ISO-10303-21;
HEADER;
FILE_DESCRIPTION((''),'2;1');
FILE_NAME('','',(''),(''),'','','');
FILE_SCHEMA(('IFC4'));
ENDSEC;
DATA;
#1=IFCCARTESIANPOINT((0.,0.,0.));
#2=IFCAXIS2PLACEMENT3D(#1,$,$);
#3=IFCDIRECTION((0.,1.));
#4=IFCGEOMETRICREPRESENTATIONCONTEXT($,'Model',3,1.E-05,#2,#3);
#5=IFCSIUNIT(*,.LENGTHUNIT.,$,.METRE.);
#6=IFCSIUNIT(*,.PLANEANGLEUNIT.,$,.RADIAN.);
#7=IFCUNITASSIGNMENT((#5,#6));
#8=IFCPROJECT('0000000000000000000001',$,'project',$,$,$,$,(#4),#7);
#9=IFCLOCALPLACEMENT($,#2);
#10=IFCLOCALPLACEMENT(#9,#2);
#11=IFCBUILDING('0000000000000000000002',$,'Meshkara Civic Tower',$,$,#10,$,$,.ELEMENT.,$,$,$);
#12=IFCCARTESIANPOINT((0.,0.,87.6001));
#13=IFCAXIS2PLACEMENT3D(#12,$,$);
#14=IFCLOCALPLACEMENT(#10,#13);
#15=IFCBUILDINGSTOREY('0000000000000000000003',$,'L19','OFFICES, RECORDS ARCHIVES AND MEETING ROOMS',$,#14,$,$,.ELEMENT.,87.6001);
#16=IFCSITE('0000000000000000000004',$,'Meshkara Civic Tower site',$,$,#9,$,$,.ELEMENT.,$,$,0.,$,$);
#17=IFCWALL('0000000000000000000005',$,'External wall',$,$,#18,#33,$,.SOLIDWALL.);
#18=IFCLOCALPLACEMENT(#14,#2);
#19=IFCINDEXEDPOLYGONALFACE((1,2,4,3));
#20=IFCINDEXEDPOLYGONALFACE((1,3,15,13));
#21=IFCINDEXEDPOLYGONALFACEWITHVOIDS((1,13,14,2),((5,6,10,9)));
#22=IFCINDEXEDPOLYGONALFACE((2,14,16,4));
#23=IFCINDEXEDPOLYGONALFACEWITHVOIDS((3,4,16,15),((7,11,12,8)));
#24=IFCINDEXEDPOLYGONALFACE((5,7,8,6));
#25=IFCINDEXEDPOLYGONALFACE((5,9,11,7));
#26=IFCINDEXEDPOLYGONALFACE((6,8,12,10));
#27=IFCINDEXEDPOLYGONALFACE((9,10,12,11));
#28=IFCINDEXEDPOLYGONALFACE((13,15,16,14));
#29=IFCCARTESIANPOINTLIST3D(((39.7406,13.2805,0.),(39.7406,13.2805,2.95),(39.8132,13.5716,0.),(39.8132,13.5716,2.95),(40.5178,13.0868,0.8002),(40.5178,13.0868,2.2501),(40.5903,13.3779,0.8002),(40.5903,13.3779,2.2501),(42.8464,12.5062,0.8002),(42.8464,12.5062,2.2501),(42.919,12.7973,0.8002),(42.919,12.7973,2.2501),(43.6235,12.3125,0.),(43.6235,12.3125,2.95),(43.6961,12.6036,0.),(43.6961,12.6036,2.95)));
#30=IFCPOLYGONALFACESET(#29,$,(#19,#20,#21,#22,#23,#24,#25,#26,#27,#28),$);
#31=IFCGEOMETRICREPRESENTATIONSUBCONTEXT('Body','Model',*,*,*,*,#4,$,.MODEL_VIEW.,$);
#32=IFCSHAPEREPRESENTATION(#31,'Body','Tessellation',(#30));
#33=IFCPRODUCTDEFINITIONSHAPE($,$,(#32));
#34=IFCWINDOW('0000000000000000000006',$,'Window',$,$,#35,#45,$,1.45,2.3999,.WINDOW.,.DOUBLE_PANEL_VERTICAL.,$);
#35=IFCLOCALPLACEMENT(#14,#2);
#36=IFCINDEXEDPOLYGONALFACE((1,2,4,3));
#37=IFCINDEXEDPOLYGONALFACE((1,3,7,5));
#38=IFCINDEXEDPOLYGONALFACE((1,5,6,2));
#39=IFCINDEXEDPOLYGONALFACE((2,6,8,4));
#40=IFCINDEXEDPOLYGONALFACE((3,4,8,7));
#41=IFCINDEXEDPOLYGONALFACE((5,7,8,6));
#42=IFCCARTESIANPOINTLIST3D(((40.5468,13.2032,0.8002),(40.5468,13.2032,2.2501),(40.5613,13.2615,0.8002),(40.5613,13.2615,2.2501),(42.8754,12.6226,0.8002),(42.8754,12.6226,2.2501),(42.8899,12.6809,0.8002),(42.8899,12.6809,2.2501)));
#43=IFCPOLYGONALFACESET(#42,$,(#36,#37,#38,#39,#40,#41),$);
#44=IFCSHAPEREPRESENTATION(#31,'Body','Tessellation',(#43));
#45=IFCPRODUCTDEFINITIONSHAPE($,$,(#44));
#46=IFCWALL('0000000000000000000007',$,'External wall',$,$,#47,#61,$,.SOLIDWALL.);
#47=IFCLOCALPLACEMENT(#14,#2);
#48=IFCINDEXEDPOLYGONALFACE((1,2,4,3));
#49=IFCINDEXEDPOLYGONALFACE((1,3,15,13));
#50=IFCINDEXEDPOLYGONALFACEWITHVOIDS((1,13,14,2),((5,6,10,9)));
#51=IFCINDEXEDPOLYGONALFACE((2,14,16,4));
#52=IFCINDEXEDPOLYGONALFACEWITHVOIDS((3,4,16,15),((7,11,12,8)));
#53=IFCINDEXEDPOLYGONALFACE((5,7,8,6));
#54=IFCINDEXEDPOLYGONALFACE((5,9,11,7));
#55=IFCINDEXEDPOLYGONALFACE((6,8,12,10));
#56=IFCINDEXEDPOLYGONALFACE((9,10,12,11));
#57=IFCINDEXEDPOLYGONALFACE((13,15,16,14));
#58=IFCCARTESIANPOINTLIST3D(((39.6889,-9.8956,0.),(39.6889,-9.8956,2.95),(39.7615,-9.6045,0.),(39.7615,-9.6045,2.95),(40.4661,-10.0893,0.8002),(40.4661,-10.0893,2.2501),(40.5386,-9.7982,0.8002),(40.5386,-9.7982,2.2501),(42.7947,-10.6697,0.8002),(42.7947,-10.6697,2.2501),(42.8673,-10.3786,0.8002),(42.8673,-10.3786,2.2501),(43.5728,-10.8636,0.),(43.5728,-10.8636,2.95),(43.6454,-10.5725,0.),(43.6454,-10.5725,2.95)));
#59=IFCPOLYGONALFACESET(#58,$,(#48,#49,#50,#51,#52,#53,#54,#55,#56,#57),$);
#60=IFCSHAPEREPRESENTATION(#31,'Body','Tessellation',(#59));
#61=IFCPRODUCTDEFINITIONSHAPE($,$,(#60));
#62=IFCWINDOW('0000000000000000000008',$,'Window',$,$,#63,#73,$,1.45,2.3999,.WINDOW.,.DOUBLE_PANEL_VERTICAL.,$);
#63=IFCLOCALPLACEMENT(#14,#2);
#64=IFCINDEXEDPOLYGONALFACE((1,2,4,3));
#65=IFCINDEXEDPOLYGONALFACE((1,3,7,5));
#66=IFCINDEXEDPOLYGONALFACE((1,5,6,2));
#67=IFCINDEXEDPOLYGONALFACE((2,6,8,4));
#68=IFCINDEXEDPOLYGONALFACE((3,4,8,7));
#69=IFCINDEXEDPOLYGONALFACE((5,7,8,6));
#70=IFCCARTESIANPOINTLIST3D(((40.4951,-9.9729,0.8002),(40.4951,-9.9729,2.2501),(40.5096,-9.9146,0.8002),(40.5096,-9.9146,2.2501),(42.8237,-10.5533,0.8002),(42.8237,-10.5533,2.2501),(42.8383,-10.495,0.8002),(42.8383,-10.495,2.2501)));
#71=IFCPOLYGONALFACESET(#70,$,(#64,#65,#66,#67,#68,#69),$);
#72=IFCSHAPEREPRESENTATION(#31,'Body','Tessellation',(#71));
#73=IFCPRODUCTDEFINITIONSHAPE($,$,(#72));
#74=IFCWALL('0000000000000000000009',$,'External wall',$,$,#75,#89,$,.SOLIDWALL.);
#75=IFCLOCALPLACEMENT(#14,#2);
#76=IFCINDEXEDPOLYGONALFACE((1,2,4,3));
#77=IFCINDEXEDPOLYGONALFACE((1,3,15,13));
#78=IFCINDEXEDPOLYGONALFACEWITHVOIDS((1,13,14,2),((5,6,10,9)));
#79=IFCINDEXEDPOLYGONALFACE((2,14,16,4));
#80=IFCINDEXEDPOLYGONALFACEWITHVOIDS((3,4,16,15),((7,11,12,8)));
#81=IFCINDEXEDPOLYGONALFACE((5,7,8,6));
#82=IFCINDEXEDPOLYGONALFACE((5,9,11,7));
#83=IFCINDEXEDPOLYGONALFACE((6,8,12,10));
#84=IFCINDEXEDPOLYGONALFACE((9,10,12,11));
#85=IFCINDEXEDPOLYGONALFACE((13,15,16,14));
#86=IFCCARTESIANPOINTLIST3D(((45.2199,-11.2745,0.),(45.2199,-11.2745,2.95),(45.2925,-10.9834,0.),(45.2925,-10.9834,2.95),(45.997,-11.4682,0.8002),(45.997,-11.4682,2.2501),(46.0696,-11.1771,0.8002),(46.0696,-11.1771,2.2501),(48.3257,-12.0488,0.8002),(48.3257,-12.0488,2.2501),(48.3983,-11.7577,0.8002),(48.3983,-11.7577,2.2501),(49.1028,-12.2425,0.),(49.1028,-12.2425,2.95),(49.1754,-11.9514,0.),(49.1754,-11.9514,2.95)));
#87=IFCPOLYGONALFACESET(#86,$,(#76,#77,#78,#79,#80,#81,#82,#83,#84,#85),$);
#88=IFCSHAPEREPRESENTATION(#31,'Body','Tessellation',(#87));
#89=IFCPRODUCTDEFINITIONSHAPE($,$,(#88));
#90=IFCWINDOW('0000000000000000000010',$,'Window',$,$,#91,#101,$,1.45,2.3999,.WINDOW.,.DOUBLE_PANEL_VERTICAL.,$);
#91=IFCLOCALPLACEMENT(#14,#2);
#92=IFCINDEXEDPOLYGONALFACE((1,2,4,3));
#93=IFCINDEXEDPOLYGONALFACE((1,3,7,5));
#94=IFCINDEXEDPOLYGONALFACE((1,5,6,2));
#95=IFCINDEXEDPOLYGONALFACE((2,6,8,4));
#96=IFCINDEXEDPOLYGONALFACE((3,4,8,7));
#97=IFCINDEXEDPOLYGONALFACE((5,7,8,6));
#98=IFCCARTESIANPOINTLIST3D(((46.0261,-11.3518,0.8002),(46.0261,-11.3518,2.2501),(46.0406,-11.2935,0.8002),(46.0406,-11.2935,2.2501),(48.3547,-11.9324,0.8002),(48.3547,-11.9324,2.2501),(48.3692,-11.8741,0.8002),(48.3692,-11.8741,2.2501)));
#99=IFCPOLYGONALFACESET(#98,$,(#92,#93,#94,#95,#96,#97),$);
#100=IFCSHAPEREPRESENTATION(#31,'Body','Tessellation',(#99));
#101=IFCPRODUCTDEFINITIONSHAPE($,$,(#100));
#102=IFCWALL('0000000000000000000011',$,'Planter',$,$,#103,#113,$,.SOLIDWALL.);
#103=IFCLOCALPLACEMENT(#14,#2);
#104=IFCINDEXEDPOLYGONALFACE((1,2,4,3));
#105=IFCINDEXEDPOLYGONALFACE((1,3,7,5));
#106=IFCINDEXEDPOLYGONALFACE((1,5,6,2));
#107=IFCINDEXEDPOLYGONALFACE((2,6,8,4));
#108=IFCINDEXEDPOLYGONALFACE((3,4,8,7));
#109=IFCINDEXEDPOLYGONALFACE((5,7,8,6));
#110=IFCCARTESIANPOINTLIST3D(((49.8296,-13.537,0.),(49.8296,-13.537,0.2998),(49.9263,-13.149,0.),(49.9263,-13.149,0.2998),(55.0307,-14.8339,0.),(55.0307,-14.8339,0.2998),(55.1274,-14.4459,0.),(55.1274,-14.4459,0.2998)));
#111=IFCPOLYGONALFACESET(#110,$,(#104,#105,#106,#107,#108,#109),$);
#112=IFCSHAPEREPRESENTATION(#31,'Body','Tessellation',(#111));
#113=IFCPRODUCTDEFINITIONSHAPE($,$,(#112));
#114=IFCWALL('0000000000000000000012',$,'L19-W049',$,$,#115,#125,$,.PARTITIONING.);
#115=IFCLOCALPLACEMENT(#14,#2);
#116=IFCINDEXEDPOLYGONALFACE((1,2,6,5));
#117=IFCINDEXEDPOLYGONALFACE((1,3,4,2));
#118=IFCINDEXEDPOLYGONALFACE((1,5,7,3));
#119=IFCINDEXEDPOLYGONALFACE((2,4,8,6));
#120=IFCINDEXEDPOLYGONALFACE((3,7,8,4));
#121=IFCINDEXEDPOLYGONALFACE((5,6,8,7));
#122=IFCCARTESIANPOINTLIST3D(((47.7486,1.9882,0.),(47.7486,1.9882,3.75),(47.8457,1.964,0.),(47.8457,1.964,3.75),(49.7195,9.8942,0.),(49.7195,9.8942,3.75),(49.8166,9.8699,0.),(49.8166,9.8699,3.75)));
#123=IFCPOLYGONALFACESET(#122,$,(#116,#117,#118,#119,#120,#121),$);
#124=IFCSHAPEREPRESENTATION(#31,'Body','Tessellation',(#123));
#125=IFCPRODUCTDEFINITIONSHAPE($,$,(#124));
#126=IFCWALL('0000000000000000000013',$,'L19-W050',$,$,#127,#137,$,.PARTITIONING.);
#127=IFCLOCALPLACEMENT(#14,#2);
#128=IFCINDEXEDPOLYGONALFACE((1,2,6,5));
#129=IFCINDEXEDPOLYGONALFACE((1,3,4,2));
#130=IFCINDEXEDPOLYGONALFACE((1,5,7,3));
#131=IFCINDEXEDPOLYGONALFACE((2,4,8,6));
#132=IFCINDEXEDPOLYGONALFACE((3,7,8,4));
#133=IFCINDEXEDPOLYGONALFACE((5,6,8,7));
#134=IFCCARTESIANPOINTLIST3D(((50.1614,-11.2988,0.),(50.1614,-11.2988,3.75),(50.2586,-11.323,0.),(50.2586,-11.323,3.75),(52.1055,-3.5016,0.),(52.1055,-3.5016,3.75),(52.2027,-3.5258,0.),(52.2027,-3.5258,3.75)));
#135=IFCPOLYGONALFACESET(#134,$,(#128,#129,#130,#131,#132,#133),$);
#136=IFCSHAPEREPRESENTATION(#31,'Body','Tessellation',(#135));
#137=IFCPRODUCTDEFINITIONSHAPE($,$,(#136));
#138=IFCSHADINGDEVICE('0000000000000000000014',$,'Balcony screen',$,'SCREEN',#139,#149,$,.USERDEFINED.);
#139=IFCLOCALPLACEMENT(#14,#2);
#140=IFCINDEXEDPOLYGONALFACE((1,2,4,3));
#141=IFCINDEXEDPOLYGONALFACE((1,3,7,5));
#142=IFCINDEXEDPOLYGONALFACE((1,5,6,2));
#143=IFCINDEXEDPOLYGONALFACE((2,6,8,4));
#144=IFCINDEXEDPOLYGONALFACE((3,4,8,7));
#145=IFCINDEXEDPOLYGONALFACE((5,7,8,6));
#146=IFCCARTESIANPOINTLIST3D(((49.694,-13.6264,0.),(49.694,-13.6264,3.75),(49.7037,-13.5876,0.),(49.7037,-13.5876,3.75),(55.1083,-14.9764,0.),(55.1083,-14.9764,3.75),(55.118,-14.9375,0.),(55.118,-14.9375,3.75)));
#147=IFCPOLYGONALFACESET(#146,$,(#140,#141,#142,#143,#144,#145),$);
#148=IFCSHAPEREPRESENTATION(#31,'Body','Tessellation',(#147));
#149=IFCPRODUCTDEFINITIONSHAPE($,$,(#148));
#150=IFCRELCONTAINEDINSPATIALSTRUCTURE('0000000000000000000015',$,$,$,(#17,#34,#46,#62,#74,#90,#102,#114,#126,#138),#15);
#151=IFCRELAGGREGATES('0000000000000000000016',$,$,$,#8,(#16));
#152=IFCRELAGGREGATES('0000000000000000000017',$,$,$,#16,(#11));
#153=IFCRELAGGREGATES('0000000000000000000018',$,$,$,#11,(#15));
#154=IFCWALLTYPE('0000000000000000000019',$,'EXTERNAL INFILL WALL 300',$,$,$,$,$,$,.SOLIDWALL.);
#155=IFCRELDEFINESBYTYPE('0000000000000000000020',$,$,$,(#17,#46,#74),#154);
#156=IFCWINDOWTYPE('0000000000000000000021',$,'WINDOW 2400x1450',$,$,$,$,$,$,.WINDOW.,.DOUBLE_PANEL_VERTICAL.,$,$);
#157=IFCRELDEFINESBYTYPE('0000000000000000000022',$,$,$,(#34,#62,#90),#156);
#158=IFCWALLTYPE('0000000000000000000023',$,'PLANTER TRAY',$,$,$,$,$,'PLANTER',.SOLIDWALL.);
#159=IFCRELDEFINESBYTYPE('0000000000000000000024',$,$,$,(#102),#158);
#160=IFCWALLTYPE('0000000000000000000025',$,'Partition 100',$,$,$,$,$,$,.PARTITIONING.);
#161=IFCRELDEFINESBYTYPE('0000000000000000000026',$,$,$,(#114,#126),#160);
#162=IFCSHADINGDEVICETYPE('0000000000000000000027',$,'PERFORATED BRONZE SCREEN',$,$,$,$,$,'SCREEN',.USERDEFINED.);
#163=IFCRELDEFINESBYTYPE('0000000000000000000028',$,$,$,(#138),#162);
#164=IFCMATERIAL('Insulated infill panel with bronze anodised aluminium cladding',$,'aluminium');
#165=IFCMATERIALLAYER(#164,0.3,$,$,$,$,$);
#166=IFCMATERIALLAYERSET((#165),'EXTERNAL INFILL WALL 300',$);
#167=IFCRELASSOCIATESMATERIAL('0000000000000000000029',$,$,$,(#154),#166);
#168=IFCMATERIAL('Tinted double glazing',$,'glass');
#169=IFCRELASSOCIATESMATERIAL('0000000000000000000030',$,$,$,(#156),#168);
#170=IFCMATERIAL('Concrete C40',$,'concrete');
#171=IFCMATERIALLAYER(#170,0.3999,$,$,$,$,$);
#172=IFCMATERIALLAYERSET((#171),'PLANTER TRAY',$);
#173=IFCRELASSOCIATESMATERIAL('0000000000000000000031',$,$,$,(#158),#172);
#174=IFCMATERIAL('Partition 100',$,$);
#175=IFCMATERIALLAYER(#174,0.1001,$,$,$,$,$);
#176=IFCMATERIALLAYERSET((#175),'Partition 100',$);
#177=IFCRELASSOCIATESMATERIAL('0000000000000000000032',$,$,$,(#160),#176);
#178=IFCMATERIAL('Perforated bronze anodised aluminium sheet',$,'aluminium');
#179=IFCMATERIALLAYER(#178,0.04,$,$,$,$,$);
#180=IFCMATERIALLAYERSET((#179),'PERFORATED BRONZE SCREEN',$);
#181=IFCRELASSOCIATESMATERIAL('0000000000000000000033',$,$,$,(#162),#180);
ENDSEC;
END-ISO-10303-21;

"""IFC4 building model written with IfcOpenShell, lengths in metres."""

from ifc_helpers import new_model, si_unit, direction, frame, frame_2d, origin, origin_2d, place, context, subcontext, project, spatial, rectangle, extrude, material, layer, layer_set, type_object, element, fill, save


model = new_model("IFC4")

# Units and contexts
model_context = context("Model", 3, precision=1e-05, world=origin(), true_north=direction((0.0, 1.0)))
body_context = subcontext(model_context, "Body", "Model", "MODEL_VIEW")
ifc_project = project(units=[si_unit("LENGTHUNIT", "METRE"), si_unit("PLANEANGLEUNIT", "RADIAN")], contexts=[model_context])

# Site, building, storey
site_placement = place(None, origin())
site = spatial("IfcSite", under=ifc_project, at=site_placement, Name="Meshkara Civic Tower site", CompositionType="ELEMENT", RefElevation=0.0)
building_placement = place(site_placement, origin())
building = spatial("IfcBuilding", under=site, at=building_placement, Name="Meshkara Civic Tower", CompositionType="ELEMENT")
storey_placement = place(building_placement, frame((0.0, 0.0, 87.6001)))
storey = spatial("IfcBuildingStorey", under=building, at=storey_placement, Name="L19", Description="OFFICES, RECORDS ARCHIVES AND MEETING ROOMS", CompositionType="ELEMENT", Elevation=87.6001)

# Walls, openings, windows
ifc_material_1 = material(Name="Insulated infill panel with bronze anodised aluminium cladding", Category="aluminium")
ifc_layer_1 = layer(ifc_material_1, 0.3)
ifc_layer_set_1 = layer_set([ifc_layer_1], Name="EXTERNAL INFILL WALL 300")
wall_type_1 = type_object("IfcWallType", Name="EXTERNAL INFILL WALL 300", PredefinedType="SOLIDWALL", material=ifc_layer_set_1)
ifc_material_2 = material(Name="Tinted double glazing", Category="glass")
window_type = type_object("IfcWindowType", Name="WINDOW 2400x1450", PartitioningType="DOUBLE_PANEL_VERTICAL", PredefinedType="WINDOW", material=ifc_material_2)
wall_1_placement = place(storey_placement, frame((43.6599, 12.458, 0.0), z_axis=(0.0, 0.0, 1.0), x_axis=(-0.9703, 0.241904, 0.0)))
wall_1 = element("IfcWall", 1, at=wall_1_placement, inside=storey, type_object=wall_type_1, Name="External wall", PredefinedType="SOLIDWALL", context=body_context, shape_type="SweptSolid", body=[
    extrude(rectangle(XDim=4.0017, YDim=0.3, at=frame_2d((2.001, 0.0))), origin(), (0.0, 0.0, 1.0), 2.95),
])
opening_1_placement = place(wall_1_placement, frame((0.801, 0.0, 0.8)))
opening_1 = element("IfcOpeningElement", 2, at=opening_1_placement, cuts=wall_1, PredefinedType="OPENING", context=body_context, shape_type="SweptSolid", body=[
    extrude(rectangle(XDim=2.3999, YDim=1.45, at=frame_2d((1.2, 0.7251))), frame((0.0, 0.1599, 0.0), z_axis=(0.0, -1.0, 0.0), x_axis=(1.0, 0.0, 0.0)), (0.0, 0.0, 1.0), 0.3201),
])
window_1_placement = place(opening_1_placement, origin())
window_1 = element("IfcWindow", 3, at=window_1_placement, inside=storey, type_object=window_type, Name="Window", OverallHeight=1.45, OverallWidth=2.3999, PartitioningType="DOUBLE_PANEL_VERTICAL", PredefinedType="WINDOW", context=body_context, shape_type="SweptSolid", body=[
    extrude(rectangle(XDim=2.3999, YDim=1.45, at=frame_2d((1.2, 0.7251))), frame((0.0, 0.03, 0.0), z_axis=(0.0, -1.0, 0.0), x_axis=(1.0, 0.0, 0.0)), (0.0, 0.0, 1.0), 0.0601),
])
fill(opening_1, window_1)
wall_2_placement = place(storey_placement, frame((39.7251, -9.75, 0.0), z_axis=(0.0, 0.0, 1.0), x_axis=(0.970314, -0.241847, 0.0)))
wall_2 = element("IfcWall", 4, at=wall_2_placement, inside=storey, type_object=wall_type_1, Name="External wall", PredefinedType="SOLIDWALL", context=body_context, shape_type="SweptSolid", body=[
    extrude(rectangle(XDim=4.0027, YDim=0.3, at=frame_2d((2.0015, 0.0))), origin(), (0.0, 0.0, 1.0), 2.95),
])
opening_2_placement = place(wall_2_placement, frame((0.801, 0.0, 0.8)))
opening_2 = element("IfcOpeningElement", 5, at=opening_2_placement, cuts=wall_2, PredefinedType="OPENING", context=body_context, shape_type="SweptSolid", body=[
    extrude(rectangle(XDim=2.3999, YDim=1.45, at=frame_2d((1.2, 0.7251))), frame((0.0, 0.1599, 0.0), z_axis=(0.0, -1.0, 0.0), x_axis=(1.0, 0.0, 0.0)), (0.0, 0.0, 1.0), 0.3201),
])
window_2_placement = place(opening_2_placement, origin())
window_2 = element("IfcWindow", 6, at=window_2_placement, inside=storey, type_object=window_type, Name="Window", OverallHeight=1.45, OverallWidth=2.3999, PartitioningType="DOUBLE_PANEL_VERTICAL", PredefinedType="WINDOW", context=body_context, shape_type="SweptSolid", body=[
    extrude(rectangle(XDim=2.3999, YDim=1.45, at=frame_2d((1.2, 0.7251))), frame((0.0, 0.03, 0.0), z_axis=(0.0, -1.0, 0.0), x_axis=(1.0, 0.0, 0.0)), (0.0, 0.0, 1.0), 0.0601),
])
fill(opening_2, window_2)
wall_3_placement = place(storey_placement, frame((45.2561, -11.1289, 0.0), z_axis=(0.0, 0.0, 1.0), x_axis=(0.9703, -0.241904, 0.0)))
wall_3 = element("IfcWall", 7, at=wall_3_placement, inside=storey, type_object=wall_type_1, Name="External wall", PredefinedType="SOLIDWALL", context=body_context, shape_type="SweptSolid", body=[
    extrude(rectangle(XDim=4.0017, YDim=0.3, at=frame_2d((2.001, 0.0))), origin(), (0.0, 0.0, 1.0), 2.95),
])
opening_3_placement = place(wall_3_placement, frame((0.801, 0.0, 0.8)))
opening_3 = element("IfcOpeningElement", 8, at=opening_3_placement, cuts=wall_3, PredefinedType="OPENING", context=body_context, shape_type="SweptSolid", body=[
    extrude(rectangle(XDim=2.3999, YDim=1.45, at=frame_2d((1.2, 0.7251))), frame((0.0, 0.1599, 0.0), z_axis=(0.0, -1.0, 0.0), x_axis=(1.0, 0.0, 0.0)), (0.0, 0.0, 1.0), 0.3201),
])
window_3_placement = place(opening_3_placement, origin())
window_3 = element("IfcWindow", 9, at=window_3_placement, inside=storey, type_object=window_type, Name="Window", OverallHeight=1.45, OverallWidth=2.3999, PartitioningType="DOUBLE_PANEL_VERTICAL", PredefinedType="WINDOW", context=body_context, shape_type="SweptSolid", body=[
    extrude(rectangle(XDim=2.3999, YDim=1.45, at=frame_2d((1.2, 0.7251))), frame((0.0, 0.03, 0.0), z_axis=(0.0, -1.0, 0.0), x_axis=(1.0, 0.0, 0.0)), (0.0, 0.0, 1.0), 0.0601),
])
fill(opening_3, window_3)

# Walls
ifc_material_3 = material(Name="Concrete C40", Category="concrete")
ifc_layer_2 = layer(ifc_material_3, 0.3999)
ifc_layer_set_2 = layer_set([ifc_layer_2], Name="PLANTER TRAY")
wall_type_2 = type_object("IfcWallType", Name="PLANTER TRAY", ElementType="PLANTER", PredefinedType="SOLIDWALL", material=ifc_layer_set_2)
wall_4_placement = place(storey_placement, frame((49.8779, -13.343, 0.0), z_axis=(0.0, 0.0, 1.0), x_axis=(0.970292, -0.241935, 0.0)))
element("IfcWall", 10, at=wall_4_placement, inside=storey, type_object=wall_type_2, Name="Planter", PredefinedType="SOLIDWALL", context=body_context, shape_type="SweptSolid", body=[
    extrude(rectangle(XDim=5.3604, YDim=0.3999, at=frame_2d((2.6802, 0.0))), origin(), (0.0, 0.0, 1.0), 0.2998),
])
ifc_material_4 = material(Name="Partition 100")
ifc_layer_3 = layer(ifc_material_4, 0.1001)
ifc_layer_set_3 = layer_set([ifc_layer_3], Name="Partition 100")
wall_type_3 = type_object("IfcWallType", Name="Partition 100", PredefinedType="PARTITIONING", material=ifc_layer_set_3)
wall_5_placement = place(storey_placement, frame((47.7971, 1.9761, 0.0), z_axis=(0.0, 0.0, 1.0), x_axis=(0.241894, 0.970303, 0.0)))
element("IfcWall", 11, at=wall_5_placement, inside=storey, type_object=wall_type_3, Name="L19-W049", PredefinedType="PARTITIONING", context=body_context, shape_type="SweptSolid", body=[
    extrude(rectangle(XDim=8.1479, YDim=0.1001, at=frame_2d((4.074, 0.0))), origin(), (0.0, 0.0, 1.0), 3.75),
])
wall_6_placement = place(storey_placement, frame((50.21, -11.311, 0.0), z_axis=(0.0, 0.0, 1.0), x_axis=(0.241928, 0.970294, 0.0)))
element("IfcWall", 12, at=wall_6_placement, inside=storey, type_object=wall_type_3, Name="L19-W050", PredefinedType="PARTITIONING", context=body_context, shape_type="SweptSolid", body=[
    extrude(rectangle(XDim=8.0359, YDim=0.1001, at=frame_2d((4.0181, 0.0))), origin(), (0.0, 0.0, 1.0), 3.75),
])

# Shading device
ifc_material_5 = material(Name="Perforated bronze anodised aluminium sheet", Category="aluminium")
ifc_layer_4 = layer(ifc_material_5, 0.04)
ifc_layer_set_4 = layer_set([ifc_layer_4], Name="PERFORATED BRONZE SCREEN")
shading_device_type = type_object("IfcShadingDeviceType", Name="PERFORATED BRONZE SCREEN", ElementType="SCREEN", PredefinedType="USERDEFINED", material=ifc_layer_set_4)
shading_device_placement = place(storey_placement, frame((52.406, -14.282, 0.0), z_axis=(0.0, 0.0, 1.0), x_axis=(0.970296, -0.241922, 0.0)))
element("IfcShadingDevice", 13, at=shading_device_placement, inside=storey, type_object=shading_device_type, Name="Balcony screen", ObjectType="SCREEN", PredefinedType="USERDEFINED", context=body_context, shape_type="SweptSolid", body=[
    extrude(rectangle(XDim=5.5801, YDim=0.04, at=origin_2d()), origin(), (0.0, 0.0, 1.0), 3.75),
])

save(model, "model.ifc")
